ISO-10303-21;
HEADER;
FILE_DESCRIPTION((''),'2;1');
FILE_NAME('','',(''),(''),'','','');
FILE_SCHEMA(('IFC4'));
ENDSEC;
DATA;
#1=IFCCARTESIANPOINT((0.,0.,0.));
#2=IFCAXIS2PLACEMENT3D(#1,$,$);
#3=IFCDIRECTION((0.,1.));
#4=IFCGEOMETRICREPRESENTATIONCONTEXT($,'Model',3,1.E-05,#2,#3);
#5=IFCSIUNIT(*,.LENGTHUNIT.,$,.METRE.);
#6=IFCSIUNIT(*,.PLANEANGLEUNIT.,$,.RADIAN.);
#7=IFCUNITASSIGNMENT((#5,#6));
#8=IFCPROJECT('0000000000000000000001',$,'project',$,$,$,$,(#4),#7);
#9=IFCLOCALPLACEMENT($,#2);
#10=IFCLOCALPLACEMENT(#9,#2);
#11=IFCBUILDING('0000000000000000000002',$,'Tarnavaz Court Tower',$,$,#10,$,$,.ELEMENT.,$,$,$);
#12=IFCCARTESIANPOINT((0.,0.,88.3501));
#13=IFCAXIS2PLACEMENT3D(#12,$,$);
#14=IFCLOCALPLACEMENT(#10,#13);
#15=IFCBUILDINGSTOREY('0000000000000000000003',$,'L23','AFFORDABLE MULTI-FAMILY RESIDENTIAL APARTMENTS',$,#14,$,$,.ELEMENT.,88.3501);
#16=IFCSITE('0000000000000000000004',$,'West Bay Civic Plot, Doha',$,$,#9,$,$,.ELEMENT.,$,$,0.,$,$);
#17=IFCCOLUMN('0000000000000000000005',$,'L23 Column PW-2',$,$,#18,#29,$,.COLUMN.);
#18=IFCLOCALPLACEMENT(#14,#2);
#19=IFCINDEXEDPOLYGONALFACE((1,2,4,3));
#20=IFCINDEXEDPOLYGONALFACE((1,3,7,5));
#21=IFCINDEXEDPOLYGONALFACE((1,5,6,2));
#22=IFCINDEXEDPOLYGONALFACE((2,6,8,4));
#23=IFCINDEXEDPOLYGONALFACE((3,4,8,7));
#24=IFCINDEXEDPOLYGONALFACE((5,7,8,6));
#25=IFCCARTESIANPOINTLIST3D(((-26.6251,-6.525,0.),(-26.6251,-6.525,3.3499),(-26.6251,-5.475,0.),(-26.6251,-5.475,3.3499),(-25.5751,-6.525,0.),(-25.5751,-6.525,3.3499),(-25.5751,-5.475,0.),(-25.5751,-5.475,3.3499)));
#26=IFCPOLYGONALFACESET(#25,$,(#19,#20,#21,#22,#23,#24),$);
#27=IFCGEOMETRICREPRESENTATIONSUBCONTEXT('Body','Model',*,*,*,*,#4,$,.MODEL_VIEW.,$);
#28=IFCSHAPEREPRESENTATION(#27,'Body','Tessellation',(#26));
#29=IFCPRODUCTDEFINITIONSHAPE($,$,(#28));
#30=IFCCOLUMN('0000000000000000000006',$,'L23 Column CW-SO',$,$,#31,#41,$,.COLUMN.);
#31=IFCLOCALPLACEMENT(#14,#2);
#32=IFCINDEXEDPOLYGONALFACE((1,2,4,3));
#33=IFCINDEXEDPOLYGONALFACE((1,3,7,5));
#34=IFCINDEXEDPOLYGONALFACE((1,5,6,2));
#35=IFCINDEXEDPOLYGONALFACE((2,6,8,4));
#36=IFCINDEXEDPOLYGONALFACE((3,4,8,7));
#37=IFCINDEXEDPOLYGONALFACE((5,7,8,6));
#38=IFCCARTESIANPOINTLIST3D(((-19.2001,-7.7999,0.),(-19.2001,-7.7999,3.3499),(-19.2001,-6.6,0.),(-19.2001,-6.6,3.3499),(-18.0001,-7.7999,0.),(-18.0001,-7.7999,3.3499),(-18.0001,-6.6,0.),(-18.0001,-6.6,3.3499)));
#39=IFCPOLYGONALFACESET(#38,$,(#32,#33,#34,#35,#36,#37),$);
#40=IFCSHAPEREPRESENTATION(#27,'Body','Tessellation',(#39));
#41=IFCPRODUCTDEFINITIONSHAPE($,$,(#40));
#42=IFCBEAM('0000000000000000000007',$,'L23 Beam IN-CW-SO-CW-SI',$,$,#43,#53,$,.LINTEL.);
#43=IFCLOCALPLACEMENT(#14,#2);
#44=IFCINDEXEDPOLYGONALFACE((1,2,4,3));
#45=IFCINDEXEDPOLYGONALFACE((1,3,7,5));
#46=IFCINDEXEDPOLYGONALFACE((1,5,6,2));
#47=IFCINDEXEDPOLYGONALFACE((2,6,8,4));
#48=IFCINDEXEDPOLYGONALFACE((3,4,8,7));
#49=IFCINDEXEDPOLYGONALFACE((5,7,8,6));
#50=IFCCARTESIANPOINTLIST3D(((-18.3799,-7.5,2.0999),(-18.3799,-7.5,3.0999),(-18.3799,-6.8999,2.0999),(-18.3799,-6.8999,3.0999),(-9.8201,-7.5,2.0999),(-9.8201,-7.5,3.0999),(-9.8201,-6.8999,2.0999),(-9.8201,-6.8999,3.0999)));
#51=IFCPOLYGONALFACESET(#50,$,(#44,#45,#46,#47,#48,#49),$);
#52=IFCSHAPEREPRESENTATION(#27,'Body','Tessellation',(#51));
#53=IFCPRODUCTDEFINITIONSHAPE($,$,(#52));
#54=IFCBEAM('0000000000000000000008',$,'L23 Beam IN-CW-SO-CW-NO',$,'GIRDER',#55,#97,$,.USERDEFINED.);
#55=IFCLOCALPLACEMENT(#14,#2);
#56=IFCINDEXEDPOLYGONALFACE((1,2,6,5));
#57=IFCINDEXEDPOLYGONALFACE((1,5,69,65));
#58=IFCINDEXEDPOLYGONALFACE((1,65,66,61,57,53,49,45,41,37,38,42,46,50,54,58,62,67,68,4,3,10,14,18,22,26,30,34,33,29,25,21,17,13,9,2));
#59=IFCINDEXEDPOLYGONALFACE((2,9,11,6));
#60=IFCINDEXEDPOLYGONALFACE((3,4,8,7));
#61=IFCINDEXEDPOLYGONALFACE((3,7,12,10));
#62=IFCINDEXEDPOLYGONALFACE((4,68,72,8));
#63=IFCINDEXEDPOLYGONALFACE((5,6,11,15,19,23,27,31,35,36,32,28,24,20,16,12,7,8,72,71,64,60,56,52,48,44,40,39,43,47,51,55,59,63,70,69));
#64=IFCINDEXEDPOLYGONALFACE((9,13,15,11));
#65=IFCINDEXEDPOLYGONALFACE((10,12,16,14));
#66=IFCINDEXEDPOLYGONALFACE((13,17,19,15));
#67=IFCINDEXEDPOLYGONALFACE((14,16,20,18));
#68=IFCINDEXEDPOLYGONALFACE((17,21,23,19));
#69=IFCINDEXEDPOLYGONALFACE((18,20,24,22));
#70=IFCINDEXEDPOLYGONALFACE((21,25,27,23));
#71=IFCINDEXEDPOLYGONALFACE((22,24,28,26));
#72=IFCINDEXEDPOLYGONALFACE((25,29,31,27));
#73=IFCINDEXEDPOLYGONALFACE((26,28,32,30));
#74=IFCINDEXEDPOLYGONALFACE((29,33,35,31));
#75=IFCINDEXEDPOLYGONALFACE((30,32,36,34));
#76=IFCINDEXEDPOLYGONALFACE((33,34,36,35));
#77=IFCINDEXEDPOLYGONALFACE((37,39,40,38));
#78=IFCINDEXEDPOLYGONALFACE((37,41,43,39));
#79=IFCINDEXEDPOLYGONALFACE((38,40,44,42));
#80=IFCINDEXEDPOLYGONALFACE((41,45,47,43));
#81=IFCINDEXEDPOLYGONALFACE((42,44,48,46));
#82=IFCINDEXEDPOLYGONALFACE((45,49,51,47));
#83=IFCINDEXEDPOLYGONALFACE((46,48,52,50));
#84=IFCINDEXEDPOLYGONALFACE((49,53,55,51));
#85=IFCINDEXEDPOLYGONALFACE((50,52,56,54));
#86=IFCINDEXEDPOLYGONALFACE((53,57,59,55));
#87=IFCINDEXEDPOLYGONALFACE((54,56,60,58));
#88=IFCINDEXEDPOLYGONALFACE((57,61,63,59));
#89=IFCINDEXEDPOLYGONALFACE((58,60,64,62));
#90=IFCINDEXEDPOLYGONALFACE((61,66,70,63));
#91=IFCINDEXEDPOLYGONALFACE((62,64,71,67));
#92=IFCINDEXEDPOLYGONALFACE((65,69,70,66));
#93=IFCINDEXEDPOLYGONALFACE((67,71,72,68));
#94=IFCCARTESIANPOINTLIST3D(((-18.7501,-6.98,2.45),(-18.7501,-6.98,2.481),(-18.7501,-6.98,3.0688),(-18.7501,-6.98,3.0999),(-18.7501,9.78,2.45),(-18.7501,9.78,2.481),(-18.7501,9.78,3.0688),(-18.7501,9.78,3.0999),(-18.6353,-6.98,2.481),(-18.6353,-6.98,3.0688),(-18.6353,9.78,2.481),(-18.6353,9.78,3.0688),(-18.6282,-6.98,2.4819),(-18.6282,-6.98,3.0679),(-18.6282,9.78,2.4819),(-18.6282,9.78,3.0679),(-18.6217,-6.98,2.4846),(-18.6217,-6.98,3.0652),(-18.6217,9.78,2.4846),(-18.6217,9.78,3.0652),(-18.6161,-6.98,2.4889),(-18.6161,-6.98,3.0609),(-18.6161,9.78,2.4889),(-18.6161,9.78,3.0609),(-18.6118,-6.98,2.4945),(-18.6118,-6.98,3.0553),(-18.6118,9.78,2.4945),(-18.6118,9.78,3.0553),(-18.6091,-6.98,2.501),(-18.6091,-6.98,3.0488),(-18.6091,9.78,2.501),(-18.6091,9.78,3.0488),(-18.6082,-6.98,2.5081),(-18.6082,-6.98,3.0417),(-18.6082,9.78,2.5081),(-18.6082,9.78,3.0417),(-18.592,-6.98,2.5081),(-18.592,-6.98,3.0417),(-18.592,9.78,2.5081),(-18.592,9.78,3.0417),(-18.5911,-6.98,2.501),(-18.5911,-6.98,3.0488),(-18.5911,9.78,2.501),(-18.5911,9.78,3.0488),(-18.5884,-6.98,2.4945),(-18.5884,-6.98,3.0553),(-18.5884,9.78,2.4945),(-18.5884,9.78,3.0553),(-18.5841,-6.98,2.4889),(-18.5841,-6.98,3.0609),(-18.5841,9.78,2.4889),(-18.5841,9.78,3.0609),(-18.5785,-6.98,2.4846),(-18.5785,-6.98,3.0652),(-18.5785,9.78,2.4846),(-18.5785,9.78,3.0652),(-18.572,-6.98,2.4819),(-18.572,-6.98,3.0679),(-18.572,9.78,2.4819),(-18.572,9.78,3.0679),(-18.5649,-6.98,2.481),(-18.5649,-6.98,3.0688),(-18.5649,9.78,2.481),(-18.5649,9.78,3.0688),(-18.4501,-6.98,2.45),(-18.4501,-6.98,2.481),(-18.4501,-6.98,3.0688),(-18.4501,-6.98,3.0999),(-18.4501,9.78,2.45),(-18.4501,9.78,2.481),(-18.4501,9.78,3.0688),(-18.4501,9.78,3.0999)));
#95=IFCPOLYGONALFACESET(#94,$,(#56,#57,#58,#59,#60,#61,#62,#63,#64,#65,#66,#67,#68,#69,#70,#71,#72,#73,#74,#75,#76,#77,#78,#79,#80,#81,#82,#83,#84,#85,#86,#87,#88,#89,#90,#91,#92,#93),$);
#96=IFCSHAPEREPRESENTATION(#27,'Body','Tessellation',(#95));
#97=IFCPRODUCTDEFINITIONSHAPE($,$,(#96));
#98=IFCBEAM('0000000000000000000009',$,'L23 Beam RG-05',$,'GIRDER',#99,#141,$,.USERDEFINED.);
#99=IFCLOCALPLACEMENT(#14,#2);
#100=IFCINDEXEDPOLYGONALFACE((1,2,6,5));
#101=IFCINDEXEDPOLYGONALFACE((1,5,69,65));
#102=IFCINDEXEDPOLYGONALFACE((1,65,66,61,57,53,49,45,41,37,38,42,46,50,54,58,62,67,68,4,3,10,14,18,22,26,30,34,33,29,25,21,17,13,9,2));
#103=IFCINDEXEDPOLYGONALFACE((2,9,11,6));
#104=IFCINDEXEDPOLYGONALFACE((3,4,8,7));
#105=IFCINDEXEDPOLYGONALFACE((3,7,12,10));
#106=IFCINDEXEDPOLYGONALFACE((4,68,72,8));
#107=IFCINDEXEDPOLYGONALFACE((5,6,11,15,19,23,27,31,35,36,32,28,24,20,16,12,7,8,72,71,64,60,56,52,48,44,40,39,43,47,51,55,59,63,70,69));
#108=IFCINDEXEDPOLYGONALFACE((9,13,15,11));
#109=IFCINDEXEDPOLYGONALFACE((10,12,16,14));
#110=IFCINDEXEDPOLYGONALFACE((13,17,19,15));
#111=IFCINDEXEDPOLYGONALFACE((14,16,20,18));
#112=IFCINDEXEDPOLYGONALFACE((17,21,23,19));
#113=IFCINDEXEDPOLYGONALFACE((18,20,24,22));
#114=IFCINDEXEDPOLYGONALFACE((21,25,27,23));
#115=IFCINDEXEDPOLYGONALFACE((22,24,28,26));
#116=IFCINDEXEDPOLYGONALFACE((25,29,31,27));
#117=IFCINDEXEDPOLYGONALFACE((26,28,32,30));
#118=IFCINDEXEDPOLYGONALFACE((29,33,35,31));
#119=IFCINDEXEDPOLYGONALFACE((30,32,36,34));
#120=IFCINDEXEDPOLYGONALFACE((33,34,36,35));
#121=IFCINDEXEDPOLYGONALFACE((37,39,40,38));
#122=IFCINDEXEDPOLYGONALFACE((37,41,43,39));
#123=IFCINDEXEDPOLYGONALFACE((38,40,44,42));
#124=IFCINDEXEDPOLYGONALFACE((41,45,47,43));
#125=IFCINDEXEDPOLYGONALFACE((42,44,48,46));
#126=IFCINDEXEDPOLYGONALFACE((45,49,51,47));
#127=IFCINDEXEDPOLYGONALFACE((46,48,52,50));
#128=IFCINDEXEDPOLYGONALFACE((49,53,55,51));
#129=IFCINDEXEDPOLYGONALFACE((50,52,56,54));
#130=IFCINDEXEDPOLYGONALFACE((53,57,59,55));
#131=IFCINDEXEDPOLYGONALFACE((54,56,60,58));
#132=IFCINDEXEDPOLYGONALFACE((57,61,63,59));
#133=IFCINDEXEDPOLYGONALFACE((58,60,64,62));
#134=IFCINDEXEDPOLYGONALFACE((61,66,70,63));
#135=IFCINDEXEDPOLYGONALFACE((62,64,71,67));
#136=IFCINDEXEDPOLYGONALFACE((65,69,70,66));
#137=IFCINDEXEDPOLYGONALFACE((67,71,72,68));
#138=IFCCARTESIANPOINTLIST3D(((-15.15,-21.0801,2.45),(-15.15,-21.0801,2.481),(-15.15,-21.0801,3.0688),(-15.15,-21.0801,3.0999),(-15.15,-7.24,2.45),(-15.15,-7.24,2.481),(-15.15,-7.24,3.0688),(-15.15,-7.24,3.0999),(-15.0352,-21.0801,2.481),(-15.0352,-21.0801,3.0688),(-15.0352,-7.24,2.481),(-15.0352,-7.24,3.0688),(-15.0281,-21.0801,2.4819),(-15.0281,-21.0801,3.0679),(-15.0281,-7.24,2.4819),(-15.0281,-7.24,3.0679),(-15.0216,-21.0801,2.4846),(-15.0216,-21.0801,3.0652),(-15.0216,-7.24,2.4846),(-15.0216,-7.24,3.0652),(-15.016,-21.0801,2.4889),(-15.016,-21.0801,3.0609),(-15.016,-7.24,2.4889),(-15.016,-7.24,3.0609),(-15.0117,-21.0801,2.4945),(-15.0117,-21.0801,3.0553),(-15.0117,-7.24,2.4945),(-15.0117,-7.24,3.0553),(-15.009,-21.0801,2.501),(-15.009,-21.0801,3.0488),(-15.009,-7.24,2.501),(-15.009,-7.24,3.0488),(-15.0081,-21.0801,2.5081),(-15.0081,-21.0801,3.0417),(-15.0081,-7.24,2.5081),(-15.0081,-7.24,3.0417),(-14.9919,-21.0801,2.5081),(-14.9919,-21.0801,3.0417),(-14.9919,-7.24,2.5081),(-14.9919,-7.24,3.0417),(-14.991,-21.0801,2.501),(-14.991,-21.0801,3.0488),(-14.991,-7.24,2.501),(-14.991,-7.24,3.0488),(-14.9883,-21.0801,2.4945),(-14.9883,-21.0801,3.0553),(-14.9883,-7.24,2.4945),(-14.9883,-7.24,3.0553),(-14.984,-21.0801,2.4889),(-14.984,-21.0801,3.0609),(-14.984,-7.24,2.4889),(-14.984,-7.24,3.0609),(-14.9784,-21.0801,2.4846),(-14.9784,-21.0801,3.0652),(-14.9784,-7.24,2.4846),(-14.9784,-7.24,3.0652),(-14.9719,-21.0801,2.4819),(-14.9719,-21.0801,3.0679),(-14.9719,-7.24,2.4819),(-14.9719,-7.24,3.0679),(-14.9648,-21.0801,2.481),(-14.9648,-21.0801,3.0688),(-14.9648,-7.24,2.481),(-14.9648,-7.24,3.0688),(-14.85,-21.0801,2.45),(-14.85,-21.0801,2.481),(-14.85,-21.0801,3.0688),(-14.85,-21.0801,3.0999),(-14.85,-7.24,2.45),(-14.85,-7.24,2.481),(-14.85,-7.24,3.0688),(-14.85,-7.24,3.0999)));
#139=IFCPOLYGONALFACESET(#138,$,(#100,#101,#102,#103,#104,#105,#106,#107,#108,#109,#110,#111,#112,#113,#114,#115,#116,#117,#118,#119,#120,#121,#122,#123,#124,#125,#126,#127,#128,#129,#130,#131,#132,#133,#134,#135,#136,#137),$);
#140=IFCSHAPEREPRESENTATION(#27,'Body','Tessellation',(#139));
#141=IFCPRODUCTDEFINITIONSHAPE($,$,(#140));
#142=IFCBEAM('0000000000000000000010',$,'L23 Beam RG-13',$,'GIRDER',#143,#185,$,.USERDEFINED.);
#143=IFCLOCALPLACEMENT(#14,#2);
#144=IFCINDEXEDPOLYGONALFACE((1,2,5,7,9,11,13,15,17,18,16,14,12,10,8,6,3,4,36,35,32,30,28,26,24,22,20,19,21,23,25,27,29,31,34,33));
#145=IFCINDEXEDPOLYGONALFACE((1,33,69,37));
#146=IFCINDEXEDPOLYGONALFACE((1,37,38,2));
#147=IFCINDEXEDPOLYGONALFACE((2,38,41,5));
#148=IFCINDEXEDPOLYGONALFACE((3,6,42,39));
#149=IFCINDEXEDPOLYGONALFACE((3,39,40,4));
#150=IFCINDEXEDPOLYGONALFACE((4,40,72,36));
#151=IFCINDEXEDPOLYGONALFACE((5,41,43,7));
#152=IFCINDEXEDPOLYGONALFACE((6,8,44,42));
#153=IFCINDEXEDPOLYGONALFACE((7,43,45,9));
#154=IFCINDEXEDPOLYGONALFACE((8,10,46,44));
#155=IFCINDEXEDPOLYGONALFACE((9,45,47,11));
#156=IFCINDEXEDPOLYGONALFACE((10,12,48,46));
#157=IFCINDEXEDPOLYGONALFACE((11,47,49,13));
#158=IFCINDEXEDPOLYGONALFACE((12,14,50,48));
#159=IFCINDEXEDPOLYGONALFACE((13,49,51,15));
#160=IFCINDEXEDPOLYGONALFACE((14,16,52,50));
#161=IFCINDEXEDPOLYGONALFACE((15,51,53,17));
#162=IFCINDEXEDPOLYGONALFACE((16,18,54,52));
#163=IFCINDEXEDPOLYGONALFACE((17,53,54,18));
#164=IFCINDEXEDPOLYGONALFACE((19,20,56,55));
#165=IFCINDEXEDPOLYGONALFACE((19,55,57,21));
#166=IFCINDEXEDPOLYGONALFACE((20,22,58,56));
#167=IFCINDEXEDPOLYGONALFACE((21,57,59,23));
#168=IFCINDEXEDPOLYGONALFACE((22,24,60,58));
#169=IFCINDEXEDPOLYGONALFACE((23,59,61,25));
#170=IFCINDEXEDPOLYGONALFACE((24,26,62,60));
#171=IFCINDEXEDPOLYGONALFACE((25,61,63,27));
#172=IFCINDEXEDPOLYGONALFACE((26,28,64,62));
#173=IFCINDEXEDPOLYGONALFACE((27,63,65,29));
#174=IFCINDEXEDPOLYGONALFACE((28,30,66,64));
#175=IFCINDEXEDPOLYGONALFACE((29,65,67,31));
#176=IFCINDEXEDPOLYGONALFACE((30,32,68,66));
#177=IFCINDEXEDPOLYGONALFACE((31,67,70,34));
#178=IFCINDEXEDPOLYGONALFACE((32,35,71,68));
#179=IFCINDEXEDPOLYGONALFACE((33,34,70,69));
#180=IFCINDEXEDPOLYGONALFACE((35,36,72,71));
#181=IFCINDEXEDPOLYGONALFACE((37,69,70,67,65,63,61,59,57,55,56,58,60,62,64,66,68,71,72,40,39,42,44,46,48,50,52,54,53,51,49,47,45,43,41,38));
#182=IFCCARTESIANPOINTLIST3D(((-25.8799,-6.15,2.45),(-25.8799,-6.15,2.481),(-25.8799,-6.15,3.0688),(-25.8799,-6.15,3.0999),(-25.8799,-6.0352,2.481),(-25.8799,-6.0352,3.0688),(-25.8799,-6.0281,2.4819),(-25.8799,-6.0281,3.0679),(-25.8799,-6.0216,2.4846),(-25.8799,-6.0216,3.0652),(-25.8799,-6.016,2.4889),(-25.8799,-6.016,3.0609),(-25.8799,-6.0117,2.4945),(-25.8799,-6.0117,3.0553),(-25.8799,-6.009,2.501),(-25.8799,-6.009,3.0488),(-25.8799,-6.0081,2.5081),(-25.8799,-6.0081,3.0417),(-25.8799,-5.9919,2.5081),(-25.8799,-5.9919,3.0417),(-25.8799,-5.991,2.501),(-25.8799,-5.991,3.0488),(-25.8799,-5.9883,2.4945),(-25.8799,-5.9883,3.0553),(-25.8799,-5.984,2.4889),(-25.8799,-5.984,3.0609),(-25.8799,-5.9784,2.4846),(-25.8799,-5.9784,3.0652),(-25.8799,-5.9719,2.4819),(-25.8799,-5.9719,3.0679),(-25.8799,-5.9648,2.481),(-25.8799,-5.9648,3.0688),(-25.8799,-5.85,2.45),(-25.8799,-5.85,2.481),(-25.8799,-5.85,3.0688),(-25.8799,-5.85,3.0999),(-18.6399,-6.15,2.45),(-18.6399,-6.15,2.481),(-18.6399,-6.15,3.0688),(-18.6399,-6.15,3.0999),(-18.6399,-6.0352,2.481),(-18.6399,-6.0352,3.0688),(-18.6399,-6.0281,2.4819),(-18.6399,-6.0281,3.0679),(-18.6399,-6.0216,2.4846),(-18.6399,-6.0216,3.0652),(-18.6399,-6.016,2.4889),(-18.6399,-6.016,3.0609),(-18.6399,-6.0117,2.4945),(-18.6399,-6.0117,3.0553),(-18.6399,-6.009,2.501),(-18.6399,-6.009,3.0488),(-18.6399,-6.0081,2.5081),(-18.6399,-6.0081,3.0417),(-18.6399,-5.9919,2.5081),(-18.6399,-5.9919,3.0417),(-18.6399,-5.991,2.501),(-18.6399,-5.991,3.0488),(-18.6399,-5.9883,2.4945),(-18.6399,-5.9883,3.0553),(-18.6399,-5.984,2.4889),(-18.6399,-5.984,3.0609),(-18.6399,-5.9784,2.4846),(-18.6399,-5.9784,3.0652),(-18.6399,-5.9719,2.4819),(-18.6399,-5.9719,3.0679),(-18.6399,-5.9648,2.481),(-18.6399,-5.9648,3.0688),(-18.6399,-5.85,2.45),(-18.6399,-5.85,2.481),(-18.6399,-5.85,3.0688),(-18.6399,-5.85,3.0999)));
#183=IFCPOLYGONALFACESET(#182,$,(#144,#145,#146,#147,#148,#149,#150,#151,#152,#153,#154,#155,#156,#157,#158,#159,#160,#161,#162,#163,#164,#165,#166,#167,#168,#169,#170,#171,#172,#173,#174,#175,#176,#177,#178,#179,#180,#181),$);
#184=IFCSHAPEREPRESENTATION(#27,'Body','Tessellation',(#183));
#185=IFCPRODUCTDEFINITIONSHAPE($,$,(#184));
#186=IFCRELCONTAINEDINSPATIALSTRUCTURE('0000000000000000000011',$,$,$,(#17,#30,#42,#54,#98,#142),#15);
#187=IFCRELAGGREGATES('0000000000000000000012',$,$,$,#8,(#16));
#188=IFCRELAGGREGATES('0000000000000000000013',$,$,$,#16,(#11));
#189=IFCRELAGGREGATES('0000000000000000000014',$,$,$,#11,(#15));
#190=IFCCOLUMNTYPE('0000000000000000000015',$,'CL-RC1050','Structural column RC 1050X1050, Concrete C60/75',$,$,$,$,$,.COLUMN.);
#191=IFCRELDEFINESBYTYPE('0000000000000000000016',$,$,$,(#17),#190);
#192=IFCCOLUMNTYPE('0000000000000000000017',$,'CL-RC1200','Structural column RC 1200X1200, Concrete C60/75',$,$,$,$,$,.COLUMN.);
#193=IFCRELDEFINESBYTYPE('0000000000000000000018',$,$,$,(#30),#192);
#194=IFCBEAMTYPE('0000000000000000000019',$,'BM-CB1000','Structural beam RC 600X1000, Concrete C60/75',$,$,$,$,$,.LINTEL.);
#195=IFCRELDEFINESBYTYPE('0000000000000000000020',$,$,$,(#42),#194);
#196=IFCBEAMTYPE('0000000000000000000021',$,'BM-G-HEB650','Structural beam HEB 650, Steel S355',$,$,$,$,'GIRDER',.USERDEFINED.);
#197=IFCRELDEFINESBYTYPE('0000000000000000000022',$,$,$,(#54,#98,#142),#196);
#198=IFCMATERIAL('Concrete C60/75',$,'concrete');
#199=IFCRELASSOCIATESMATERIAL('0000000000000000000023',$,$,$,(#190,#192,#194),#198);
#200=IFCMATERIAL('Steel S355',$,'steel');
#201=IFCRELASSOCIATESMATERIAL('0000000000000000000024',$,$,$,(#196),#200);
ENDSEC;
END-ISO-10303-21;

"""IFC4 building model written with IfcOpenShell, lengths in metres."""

from ifc_helpers import new_model, si_unit, direction, frame, origin, origin_2d, place, context, subcontext, project, spatial, rectangle, i_section, extrude, material, material_profile, profile_set, type_object, element, save


model = new_model("IFC4")

# Units and contexts
model_context = context("Model", 3, precision=1e-05, world=origin(), true_north=direction((0.0, 1.0)))
body_context = subcontext(model_context, "Body", "Model", "MODEL_VIEW")
ifc_project = project(units=[si_unit("LENGTHUNIT", "METRE"), si_unit("PLANEANGLEUNIT", "RADIAN")], contexts=[model_context])

# Site, building, storey
site_placement = place(None, origin())
site = spatial("IfcSite", under=ifc_project, at=site_placement, Name="West Bay Civic Plot, Doha", CompositionType="ELEMENT", RefElevation=0.0)
building_placement = place(site_placement, origin())
building = spatial("IfcBuilding", under=site, at=building_placement, Name="Tarnavaz Court Tower", CompositionType="ELEMENT")
storey_placement = place(building_placement, frame((0.0, 0.0, 88.3501)))
storey = spatial("IfcBuildingStorey", under=building, at=storey_placement, Name="L23", Description="AFFORDABLE MULTI-FAMILY RESIDENTIAL APARTMENTS", CompositionType="ELEMENT", Elevation=88.3501)

# Columns
ifc_material_1 = material(Name="Concrete C60/75", Category="concrete")
ifc_material_profile_1 = material_profile(ifc_material_1, rectangle(XDim=1.05, YDim=1.05, at=origin_2d()), Name="RC 1050X1050")
ifc_profile_set_1 = profile_set([ifc_material_profile_1], Name="Concrete C60/75")
column_type_1 = type_object("IfcColumnType", Name="CL-RC1050", Description="Structural column RC 1050X1050, Concrete C60/75", PredefinedType="COLUMN", material=ifc_profile_set_1)
column_1_placement = place(storey_placement, frame((-26.1001, -6.0, 0.0), z_axis=(0.0, 0.0, 1.0), x_axis=(1.0, 0.0, 0.0)))
element("IfcColumn", 1, at=column_1_placement, inside=storey, type_object=column_type_1, Name="L23 Column PW-2", PredefinedType="COLUMN", context=body_context, shape_type="SweptSolid", body=[
    extrude(rectangle(XDim=1.05, YDim=1.05, at=origin_2d()), origin(), (0.0, 0.0, 1.0), 3.3499),
])
ifc_material_profile_2 = material_profile(ifc_material_1, rectangle(XDim=1.2, YDim=1.2, at=origin_2d()), Name="RC 1200X1200")
ifc_profile_set_2 = profile_set([ifc_material_profile_2], Name="Concrete C60/75")
column_type_2 = type_object("IfcColumnType", Name="CL-RC1200", Description="Structural column RC 1200X1200, Concrete C60/75", PredefinedType="COLUMN", material=ifc_profile_set_2)
column_2_placement = place(storey_placement, frame((-18.6001, -7.2, 0.0), z_axis=(0.0, 0.0, 1.0), x_axis=(1.0, 0.0, 0.0)))
element("IfcColumn", 2, at=column_2_placement, inside=storey, type_object=column_type_2, Name="L23 Column CW-SO", PredefinedType="COLUMN", context=body_context, shape_type="SweptSolid", body=[
    extrude(rectangle(XDim=1.2, YDim=1.2, at=origin_2d()), origin(), (0.0, 0.0, 1.0), 3.3499),
])

# Beams
ifc_material_profile_3 = material_profile(ifc_material_1, rectangle(XDim=0.6001, YDim=1.0, at=origin_2d()), Name="RC 600X1000")
ifc_profile_set_3 = profile_set([ifc_material_profile_3], Name="Concrete C60/75")
beam_type_1 = type_object("IfcBeamType", Name="BM-CB1000", Description="Structural beam RC 600X1000, Concrete C60/75", PredefinedType="LINTEL", material=ifc_profile_set_3)
beam_1_placement = place(storey_placement, frame((-18.3799, -7.2, 2.5999), z_axis=(1.0, 0.0, 0.0), x_axis=(0.0, 1.0, 0.0)))
element("IfcBeam", 3, at=beam_1_placement, inside=storey, type_object=beam_type_1, Name="L23 Beam IN-CW-SO-CW-SI", PredefinedType="LINTEL", context=body_context, shape_type="SweptSolid", body=[
    extrude(rectangle(XDim=0.6001, YDim=1.0, at=origin_2d()), origin(), (0.0, 0.0, 1.0), 8.5598),
])
ifc_material_2 = material(Name="Steel S355", Category="steel")
ifc_material_profile_4 = material_profile(ifc_material_2, i_section(OverallWidth=0.3, OverallDepth=0.6499, WebThickness=0.0161, FlangeThickness=0.031, FilletRadius=0.0271, at=origin_2d()), Name="HEB 650")
ifc_profile_set_4 = profile_set([ifc_material_profile_4], Name="Steel S355")
beam_type_2 = type_object("IfcBeamType", Name="BM-G-HEB650", Description="Structural beam HEB 650, Steel S355", ElementType="GIRDER", PredefinedType="USERDEFINED", material=ifc_profile_set_4)
beam_2_placement = place(storey_placement, frame((-18.6001, -6.98, 2.7749), z_axis=(0.0, 1.0, 0.0), x_axis=(-1.0, 0.0, 0.0)))
element("IfcBeam", 4, at=beam_2_placement, inside=storey, type_object=beam_type_2, Name="L23 Beam IN-CW-SO-CW-NO", ObjectType="GIRDER", PredefinedType="USERDEFINED", context=body_context, shape_type="SweptSolid", body=[
    extrude(i_section(OverallWidth=0.3, OverallDepth=0.6499, WebThickness=0.0161, FlangeThickness=0.031, FilletRadius=0.0271, at=origin_2d()), origin(), (0.0, 0.0, 1.0), 16.76),
])
beam_3_placement = place(storey_placement, frame((-15.0, -7.24, 2.7749), z_axis=(0.0, -1.0, 0.0), x_axis=(1.0, 0.0, 0.0)))
element("IfcBeam", 5, at=beam_3_placement, inside=storey, type_object=beam_type_2, Name="L23 Beam RG-05", ObjectType="GIRDER", PredefinedType="USERDEFINED", context=body_context, shape_type="SweptSolid", body=[
    extrude(i_section(OverallWidth=0.3, OverallDepth=0.6499, WebThickness=0.0161, FlangeThickness=0.031, FilletRadius=0.0271, at=origin_2d()), origin(), (0.0, 0.0, 1.0), 13.8401),
])
beam_4_placement = place(storey_placement, frame((-18.6399, -6.0, 2.7749), z_axis=(-1.0, 0.0, 0.0), x_axis=(0.0, -1.0, 0.0)))
element("IfcBeam", 6, at=beam_4_placement, inside=storey, type_object=beam_type_2, Name="L23 Beam RG-13", ObjectType="GIRDER", PredefinedType="USERDEFINED", context=body_context, shape_type="SweptSolid", body=[
    extrude(i_section(OverallWidth=0.3, OverallDepth=0.6499, WebThickness=0.0161, FlangeThickness=0.031, FilletRadius=0.0271, at=origin_2d()), origin(), (0.0, 0.0, 1.0), 7.24),
])

save(model, "model.ifc")
